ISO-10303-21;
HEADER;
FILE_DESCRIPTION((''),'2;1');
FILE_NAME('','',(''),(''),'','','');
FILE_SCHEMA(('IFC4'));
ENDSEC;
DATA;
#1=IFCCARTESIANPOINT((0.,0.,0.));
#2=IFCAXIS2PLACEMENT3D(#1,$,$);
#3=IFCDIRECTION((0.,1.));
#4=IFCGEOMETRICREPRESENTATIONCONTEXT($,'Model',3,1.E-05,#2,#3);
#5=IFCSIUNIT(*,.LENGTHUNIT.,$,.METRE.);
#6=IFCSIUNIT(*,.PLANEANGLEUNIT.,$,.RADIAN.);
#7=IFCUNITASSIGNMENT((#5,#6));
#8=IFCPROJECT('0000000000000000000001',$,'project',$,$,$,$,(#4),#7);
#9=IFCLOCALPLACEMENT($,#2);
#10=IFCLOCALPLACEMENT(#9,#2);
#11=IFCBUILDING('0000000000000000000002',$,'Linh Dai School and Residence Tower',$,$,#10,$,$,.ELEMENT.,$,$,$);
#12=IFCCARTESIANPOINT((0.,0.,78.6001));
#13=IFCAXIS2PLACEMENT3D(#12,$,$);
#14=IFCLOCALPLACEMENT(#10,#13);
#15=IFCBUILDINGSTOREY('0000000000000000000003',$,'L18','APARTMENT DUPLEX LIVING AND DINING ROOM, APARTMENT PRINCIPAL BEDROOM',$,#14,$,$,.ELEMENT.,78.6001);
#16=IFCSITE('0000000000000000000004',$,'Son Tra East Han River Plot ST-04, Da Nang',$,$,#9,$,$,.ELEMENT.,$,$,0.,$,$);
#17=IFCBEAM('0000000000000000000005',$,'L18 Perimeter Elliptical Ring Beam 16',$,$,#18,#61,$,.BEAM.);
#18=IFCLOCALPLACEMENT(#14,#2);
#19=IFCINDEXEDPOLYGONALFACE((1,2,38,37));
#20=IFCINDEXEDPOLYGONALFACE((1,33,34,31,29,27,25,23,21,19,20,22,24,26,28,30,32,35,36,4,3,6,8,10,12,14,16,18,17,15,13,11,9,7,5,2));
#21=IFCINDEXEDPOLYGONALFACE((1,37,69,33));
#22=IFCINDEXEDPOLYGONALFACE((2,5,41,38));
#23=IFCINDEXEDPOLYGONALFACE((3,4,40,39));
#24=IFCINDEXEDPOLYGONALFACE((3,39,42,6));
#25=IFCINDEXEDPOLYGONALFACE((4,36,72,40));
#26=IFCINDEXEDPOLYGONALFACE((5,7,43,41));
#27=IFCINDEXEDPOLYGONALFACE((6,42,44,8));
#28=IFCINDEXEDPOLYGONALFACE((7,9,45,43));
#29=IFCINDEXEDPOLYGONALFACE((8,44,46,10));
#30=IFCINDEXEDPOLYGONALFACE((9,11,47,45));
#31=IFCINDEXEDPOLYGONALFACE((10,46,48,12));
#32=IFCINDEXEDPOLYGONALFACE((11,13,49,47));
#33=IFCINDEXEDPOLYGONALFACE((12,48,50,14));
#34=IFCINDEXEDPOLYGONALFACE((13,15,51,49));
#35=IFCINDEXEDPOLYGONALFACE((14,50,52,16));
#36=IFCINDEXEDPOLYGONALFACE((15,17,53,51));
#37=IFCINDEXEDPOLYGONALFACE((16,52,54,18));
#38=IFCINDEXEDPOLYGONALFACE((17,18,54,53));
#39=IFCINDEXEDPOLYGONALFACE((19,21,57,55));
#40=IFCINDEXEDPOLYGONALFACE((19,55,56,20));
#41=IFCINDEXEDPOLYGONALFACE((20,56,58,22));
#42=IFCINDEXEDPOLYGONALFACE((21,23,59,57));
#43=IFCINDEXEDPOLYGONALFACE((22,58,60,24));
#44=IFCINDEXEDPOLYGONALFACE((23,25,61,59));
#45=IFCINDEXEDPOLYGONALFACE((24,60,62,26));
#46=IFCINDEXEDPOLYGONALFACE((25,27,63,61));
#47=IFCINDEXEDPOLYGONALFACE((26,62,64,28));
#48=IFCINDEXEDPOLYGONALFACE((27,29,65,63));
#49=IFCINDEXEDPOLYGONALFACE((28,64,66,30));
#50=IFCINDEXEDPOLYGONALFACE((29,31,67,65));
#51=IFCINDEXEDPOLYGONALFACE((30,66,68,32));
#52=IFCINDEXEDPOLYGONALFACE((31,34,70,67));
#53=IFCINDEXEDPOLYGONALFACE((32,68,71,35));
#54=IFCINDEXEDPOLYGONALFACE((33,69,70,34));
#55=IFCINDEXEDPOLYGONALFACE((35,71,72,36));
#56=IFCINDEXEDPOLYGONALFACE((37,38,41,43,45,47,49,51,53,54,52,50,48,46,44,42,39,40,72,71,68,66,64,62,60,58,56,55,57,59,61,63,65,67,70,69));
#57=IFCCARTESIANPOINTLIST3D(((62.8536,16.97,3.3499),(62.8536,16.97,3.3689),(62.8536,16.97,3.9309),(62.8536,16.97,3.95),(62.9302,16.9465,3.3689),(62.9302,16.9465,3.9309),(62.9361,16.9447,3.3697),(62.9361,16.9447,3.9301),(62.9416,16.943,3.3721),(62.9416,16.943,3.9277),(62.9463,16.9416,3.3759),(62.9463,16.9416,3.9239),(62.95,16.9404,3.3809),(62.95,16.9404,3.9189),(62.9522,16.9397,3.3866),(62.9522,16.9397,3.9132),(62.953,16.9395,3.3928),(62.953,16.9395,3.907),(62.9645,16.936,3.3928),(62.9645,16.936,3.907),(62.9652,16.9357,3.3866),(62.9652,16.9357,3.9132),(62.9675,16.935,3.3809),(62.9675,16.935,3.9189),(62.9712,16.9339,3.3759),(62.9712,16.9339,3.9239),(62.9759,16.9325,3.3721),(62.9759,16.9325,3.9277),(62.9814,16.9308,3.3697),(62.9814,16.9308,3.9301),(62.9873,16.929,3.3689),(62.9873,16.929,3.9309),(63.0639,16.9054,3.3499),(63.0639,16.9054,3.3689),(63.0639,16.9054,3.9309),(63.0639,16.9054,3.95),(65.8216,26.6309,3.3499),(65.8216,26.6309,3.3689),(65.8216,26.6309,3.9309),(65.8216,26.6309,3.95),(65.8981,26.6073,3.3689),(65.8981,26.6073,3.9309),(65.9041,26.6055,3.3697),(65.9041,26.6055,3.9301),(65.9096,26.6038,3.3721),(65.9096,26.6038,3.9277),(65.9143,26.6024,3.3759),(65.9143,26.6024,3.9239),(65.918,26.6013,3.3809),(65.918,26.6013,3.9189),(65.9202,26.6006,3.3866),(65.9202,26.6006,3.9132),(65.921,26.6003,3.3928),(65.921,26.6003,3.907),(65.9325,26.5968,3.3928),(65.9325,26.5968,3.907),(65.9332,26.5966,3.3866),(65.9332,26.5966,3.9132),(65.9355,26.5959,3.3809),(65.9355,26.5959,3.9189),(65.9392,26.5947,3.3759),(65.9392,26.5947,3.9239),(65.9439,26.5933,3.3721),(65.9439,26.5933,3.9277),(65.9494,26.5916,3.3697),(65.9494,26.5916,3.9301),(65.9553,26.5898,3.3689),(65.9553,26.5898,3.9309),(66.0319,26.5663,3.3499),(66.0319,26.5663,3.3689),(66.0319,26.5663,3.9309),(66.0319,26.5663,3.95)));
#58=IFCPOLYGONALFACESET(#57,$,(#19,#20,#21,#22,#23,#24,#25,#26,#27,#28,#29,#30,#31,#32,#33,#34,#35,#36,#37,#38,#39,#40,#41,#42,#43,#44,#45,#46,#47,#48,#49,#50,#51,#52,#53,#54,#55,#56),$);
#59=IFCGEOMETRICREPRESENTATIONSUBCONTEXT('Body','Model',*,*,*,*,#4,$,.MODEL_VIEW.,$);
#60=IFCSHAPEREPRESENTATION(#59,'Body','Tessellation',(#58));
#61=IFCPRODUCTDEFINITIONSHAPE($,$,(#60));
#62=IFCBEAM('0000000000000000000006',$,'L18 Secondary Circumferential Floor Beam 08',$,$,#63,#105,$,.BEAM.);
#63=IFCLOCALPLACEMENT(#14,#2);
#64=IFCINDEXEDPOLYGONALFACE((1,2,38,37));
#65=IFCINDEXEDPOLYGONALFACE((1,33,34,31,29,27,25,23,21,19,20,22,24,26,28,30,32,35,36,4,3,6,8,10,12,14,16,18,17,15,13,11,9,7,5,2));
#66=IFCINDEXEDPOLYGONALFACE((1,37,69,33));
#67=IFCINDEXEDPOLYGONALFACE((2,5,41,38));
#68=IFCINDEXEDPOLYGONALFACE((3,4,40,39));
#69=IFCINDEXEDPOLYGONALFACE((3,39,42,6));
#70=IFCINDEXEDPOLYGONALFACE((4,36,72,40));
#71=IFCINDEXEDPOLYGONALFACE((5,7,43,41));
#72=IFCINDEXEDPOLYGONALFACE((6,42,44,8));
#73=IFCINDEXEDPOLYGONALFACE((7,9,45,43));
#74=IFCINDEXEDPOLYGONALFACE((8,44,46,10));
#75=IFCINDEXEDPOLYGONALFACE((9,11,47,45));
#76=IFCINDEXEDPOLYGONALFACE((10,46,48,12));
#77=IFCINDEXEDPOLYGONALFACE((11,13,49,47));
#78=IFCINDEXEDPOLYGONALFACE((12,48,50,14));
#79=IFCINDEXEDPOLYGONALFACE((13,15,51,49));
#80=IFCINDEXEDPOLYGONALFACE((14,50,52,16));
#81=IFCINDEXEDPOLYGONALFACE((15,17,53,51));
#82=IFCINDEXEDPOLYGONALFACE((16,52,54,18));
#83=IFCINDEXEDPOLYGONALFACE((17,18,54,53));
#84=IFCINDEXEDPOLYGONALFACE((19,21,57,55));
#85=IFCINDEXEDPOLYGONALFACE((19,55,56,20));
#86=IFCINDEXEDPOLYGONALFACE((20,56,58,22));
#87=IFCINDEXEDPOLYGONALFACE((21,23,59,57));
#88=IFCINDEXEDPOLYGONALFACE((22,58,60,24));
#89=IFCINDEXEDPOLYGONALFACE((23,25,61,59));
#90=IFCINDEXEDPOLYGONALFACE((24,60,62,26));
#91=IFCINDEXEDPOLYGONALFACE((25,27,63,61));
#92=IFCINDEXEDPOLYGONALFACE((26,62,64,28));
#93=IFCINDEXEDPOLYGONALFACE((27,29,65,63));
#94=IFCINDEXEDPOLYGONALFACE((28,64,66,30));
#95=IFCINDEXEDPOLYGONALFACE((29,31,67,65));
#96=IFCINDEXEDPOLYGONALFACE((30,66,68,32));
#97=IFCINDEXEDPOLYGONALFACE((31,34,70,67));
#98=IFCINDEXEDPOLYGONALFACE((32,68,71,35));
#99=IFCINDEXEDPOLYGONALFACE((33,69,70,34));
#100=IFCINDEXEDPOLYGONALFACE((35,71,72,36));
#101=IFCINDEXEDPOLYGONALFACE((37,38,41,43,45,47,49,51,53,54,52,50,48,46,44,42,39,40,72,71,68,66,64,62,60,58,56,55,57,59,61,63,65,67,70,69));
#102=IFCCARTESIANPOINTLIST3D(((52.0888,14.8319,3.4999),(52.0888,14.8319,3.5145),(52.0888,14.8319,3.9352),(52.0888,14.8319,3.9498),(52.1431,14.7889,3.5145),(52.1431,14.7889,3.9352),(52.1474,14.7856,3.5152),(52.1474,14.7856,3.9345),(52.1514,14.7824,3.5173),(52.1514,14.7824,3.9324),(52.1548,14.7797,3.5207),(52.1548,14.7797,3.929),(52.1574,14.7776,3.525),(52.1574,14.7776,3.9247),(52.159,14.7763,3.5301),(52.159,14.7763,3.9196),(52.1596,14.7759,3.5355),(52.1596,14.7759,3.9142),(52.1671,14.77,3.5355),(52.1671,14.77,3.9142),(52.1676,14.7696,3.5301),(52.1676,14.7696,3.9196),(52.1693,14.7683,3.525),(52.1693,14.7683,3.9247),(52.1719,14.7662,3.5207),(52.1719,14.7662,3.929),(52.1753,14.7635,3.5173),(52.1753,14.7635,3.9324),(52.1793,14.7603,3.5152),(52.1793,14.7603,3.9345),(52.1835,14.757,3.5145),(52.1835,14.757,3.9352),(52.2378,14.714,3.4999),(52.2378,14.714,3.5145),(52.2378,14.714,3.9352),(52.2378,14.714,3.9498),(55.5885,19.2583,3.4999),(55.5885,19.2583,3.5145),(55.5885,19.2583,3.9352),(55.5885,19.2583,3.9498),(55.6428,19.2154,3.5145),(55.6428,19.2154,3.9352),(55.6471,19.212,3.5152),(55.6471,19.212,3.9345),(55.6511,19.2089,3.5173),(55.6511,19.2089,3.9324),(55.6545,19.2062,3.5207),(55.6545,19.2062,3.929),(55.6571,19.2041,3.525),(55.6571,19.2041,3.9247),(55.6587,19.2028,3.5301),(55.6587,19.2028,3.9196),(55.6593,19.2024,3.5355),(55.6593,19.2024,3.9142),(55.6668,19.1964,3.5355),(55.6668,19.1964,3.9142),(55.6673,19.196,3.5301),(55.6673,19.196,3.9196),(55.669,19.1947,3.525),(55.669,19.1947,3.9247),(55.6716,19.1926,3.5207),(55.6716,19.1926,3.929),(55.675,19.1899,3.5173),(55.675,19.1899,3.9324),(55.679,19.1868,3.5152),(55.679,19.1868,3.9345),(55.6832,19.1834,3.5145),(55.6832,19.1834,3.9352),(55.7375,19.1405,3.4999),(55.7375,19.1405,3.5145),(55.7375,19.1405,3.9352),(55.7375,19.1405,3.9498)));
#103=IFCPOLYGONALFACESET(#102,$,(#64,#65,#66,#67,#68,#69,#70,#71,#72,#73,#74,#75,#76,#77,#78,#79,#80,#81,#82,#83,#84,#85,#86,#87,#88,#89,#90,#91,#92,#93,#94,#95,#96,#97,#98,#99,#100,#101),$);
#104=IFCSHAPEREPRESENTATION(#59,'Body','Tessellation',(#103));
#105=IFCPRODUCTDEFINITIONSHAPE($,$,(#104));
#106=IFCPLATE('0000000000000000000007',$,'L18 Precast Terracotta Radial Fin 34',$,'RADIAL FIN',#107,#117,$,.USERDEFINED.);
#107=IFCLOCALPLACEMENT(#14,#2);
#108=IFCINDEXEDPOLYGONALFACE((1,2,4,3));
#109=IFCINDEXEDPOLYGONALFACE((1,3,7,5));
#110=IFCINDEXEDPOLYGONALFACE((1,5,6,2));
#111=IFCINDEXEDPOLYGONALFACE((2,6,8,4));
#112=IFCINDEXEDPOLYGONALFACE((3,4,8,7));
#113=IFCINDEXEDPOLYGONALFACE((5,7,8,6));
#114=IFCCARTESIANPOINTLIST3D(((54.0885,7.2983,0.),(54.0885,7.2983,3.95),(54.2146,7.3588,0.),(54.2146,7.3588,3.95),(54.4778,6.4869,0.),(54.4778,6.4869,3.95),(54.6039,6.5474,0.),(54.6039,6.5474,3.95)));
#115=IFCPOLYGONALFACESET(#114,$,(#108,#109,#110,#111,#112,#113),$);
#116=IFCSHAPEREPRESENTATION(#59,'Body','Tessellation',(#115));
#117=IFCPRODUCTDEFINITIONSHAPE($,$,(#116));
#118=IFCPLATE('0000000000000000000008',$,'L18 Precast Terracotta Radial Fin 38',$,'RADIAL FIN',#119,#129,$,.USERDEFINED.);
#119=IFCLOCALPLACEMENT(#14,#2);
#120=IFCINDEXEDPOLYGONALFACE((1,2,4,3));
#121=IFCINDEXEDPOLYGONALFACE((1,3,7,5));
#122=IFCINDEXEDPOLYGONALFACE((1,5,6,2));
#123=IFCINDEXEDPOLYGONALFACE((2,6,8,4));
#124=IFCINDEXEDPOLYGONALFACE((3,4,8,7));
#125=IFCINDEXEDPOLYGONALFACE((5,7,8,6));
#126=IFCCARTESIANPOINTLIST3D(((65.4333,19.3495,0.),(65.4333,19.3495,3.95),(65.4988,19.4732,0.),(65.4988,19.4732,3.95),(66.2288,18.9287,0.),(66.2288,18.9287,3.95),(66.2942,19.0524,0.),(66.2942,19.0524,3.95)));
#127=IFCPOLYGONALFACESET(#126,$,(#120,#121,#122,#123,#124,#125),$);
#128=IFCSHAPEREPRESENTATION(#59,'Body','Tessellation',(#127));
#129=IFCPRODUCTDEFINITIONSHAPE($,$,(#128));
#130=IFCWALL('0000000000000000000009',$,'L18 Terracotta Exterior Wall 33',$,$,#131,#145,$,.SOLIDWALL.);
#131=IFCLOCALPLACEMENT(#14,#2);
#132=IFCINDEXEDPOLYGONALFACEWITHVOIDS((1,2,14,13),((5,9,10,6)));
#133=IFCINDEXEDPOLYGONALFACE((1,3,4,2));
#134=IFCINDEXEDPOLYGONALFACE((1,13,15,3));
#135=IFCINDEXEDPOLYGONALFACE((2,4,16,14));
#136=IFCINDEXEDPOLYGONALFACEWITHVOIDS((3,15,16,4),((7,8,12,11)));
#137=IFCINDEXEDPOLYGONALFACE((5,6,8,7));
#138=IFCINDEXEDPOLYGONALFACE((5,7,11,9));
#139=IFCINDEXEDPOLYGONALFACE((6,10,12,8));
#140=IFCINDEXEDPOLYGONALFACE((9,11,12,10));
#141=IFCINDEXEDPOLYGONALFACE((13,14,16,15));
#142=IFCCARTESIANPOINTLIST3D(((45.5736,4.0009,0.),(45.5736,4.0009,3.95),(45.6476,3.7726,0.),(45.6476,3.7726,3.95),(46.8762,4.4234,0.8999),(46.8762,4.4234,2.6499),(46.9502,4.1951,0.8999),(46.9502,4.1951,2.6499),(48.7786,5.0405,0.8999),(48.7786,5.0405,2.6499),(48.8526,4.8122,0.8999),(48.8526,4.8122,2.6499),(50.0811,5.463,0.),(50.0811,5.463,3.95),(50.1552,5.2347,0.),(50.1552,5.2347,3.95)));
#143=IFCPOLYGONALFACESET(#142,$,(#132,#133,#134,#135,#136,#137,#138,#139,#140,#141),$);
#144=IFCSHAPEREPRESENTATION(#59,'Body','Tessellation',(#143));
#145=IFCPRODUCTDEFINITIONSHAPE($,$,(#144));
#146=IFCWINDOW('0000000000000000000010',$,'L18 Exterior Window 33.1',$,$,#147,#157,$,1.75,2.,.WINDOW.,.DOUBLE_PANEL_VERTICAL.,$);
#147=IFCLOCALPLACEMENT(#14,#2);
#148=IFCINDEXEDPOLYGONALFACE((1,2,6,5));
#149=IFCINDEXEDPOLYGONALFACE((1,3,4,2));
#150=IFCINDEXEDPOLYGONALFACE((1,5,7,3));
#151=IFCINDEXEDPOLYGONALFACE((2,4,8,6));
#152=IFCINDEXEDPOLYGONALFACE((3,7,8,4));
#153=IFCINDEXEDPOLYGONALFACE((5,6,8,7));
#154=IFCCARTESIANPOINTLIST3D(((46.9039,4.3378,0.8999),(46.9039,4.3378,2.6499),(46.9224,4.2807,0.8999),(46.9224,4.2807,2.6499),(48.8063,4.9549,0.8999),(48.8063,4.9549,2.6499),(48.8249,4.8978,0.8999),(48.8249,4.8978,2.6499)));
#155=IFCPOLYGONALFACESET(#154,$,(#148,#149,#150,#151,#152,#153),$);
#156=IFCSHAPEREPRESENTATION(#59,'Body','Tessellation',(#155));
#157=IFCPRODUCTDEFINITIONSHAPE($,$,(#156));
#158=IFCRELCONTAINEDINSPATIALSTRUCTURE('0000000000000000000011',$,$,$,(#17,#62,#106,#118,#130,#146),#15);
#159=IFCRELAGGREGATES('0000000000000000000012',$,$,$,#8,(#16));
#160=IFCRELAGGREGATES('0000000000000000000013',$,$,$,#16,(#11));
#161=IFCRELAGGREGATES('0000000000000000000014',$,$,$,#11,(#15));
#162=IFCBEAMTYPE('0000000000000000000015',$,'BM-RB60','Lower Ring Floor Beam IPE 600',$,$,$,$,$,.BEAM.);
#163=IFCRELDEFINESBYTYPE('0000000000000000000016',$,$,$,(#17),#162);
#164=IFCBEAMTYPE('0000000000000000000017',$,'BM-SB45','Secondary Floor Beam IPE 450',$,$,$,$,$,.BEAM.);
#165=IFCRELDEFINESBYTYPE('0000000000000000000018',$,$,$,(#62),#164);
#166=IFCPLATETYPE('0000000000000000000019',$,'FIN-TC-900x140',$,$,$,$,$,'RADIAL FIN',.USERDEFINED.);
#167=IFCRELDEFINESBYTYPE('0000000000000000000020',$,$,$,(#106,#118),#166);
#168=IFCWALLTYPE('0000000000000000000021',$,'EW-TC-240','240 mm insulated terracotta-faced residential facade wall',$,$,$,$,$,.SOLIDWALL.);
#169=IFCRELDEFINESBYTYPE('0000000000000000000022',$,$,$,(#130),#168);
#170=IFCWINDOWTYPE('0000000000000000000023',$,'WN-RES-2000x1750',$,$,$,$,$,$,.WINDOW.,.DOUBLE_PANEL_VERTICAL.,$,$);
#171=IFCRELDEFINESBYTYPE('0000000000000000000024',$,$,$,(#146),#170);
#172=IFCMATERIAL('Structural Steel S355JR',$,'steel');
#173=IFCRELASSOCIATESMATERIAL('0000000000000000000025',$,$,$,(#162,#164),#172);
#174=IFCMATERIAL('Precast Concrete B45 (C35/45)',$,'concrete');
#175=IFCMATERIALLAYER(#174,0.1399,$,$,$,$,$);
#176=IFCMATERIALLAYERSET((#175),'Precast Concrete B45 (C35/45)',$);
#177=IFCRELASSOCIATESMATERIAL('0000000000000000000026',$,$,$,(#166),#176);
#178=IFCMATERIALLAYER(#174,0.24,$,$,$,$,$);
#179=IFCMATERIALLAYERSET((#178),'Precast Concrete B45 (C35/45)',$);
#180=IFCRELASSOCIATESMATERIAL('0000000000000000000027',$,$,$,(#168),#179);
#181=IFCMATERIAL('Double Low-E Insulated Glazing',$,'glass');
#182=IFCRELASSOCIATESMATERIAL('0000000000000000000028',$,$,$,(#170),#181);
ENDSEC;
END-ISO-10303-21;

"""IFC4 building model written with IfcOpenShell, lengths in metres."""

from ifc_helpers import new_model, si_unit, direction, frame, frame_2d, origin, origin_2d, place, context, subcontext, project, spatial, rectangle, i_section, extrude, source, transform, mapped, material, layer, layer_set, material_profile, profile_set, type_object, element, fill, save


model = new_model("IFC4")

# Units and contexts
model_context = context("Model", 3, precision=1e-05, world=origin(), true_north=direction((0.0, 1.0)))
body_context = subcontext(model_context, "Body", "Model", "MODEL_VIEW")
ifc_project = project(units=[si_unit("LENGTHUNIT", "METRE"), si_unit("PLANEANGLEUNIT", "RADIAN")], contexts=[model_context])

# Site, building, storey
site_placement = place(None, origin())
site = spatial("IfcSite", under=ifc_project, at=site_placement, Name="Son Tra East Han River Plot ST-04, Da Nang", CompositionType="ELEMENT", RefElevation=0.0)
building_placement = place(site_placement, origin())
building = spatial("IfcBuilding", under=site, at=building_placement, Name="Linh Dai School and Residence Tower", CompositionType="ELEMENT")
storey_placement = place(building_placement, frame((0.0, 0.0, 78.6001)))
storey = spatial("IfcBuildingStorey", under=building, at=storey_placement, Name="L18", Description="APARTMENT DUPLEX LIVING AND DINING ROOM, APARTMENT PRINCIPAL BEDROOM", CompositionType="ELEMENT", Elevation=78.6001)

# Shared definitions
ifc_material_1 = material(Name="Structural Steel S355JR", Category="steel")

# Beams
ifc_material_profile_1 = material_profile(ifc_material_1, i_section(OverallWidth=0.22, OverallDepth=0.6001, WebThickness=0.012, FlangeThickness=0.019, FilletRadius=0.0239, at=origin_2d()), Name="IPE 600")
ifc_profile_set_1 = profile_set([ifc_material_profile_1], Name="Structural Steel S355JR")
beam_type_1 = type_object("IfcBeamType", Name="BM-RB60", Description="Lower Ring Floor Beam IPE 600", PredefinedType="BEAM", material=ifc_profile_set_1)
beam_1_placement = place(storey_placement, frame((62.9587, 16.9377, 3.6499), z_axis=(0.293673, 0.955906, 0.0), x_axis=(-0.955906, 0.293673, 0.0)))
element("IfcBeam", 1, at=beam_1_placement, inside=storey, type_object=beam_type_1, Name="L18 Perimeter Elliptical Ring Beam 16", PredefinedType="BEAM", context=body_context, shape_type="SweptSolid", body=[
    extrude(i_section(OverallWidth=0.22, OverallDepth=0.6001, WebThickness=0.012, FlangeThickness=0.019, FilletRadius=0.0239, at=origin_2d()), origin(), (0.0, 0.0, 1.0), 10.1064),
])
ifc_material_profile_2 = material_profile(ifc_material_1, i_section(OverallWidth=0.1899, OverallDepth=0.45, WebThickness=0.0095, FlangeThickness=0.0146, FilletRadius=0.021, at=origin_2d()), Name="IPE 450")
ifc_profile_set_2 = profile_set([ifc_material_profile_2], Name="Structural Steel S355JR")
beam_type_2 = type_object("IfcBeamType", Name="BM-SB45", Description="Secondary Floor Beam IPE 450", PredefinedType="BEAM", material=ifc_profile_set_2)
beam_2_placement = place(storey_placement, frame((52.1633, 14.7729, 3.7249), z_axis=(0.620205, 0.78444, 0.0), x_axis=(-0.78444, 0.620205, 0.0)))
element("IfcBeam", 2, at=beam_2_placement, inside=storey, type_object=beam_type_2, Name="L18 Secondary Circumferential Floor Beam 08", PredefinedType="BEAM", context=body_context, shape_type="SweptSolid", body=[
    extrude(i_section(OverallWidth=0.1899, OverallDepth=0.45, WebThickness=0.0095, FlangeThickness=0.0146, FilletRadius=0.021, at=origin_2d()), origin(), (0.0, 0.0, 1.0), 5.6428),
])

# Plates
ifc_material_2 = material(Name="Precast Concrete B45 (C35/45)", Category="concrete")
ifc_layer_1 = layer(ifc_material_2, 0.1399)
ifc_layer_set_1 = layer_set([ifc_layer_1], Name="Precast Concrete B45 (C35/45)")
plate_type = type_object("IfcPlateType", Name="FIN-TC-900x140", ElementType="RADIAL FIN", PredefinedType="USERDEFINED", material=ifc_layer_set_1)
shared_shape_1 = source(origin(), body_context, "Body", "SweptSolid", [
    extrude(rectangle(XDim=0.8999, YDim=0.1399, at=origin_2d()), origin(), (0.0, 0.0, 1.0), 3.95),
])
for number, where, z_axis, x_axis, name in (
    (3, (54.3462, 6.9229, 0.0), (0.0, 0.0, 1.0), (0.432603, -0.901585, 0.0), "L18 Precast Terracotta Radial Fin 34"),
    (4, (65.8638, 19.2009, 0.0), (0.0, 0.0, 1.0), (0.883934, -0.467612, 0.0), "L18 Precast Terracotta Radial Fin 38"),
):
    element("IfcPlate", number, at=place(storey_placement, frame(where, z_axis=z_axis, x_axis=x_axis)), inside=storey, type_object=plate_type, Name=name, ObjectType="RADIAL FIN", PredefinedType="USERDEFINED", context=body_context, shape_type="MappedRepresentation", body=[
        mapped(shared_shape_1, transform((0.0, 0.0, 0.0), x_axis=(1.0, 0.0, 0.0), y_axis=(0.0, 1.0, 0.0), z_axis=(0.0, 0.0, 1.0), scale=1.0)),
    ])

# Wall, opening, window
ifc_layer_2 = layer(ifc_material_2, 0.24)
ifc_layer_set_2 = layer_set([ifc_layer_2], Name="Precast Concrete B45 (C35/45)")
wall_type_1 = type_object("IfcWallType", Name="EW-TC-240", Description="240 mm insulated terracotta-faced residential facade wall", PredefinedType="SOLIDWALL", material=ifc_layer_set_2)
wall_1_placement = place(storey_placement, frame((50.1182, 5.3489, 0.0), z_axis=(0.0, 0.0, 1.0), x_axis=(-0.951208, -0.308551, 0.0)))
wall_1 = element("IfcWall", 5, at=wall_1_placement, inside=storey, type_object=wall_type_1, Name="L18 Terracotta Exterior Wall 33", PredefinedType="SOLIDWALL", context=body_context, shape_type="SweptSolid", body=[
    extrude(rectangle(XDim=4.7388, YDim=0.24, at=frame_2d((2.3694, 0.0))), origin(), (0.0, 0.0, 1.0), 3.95),
])
opening_1_placement = place(wall_1_placement, frame((1.3694, 0.0, 0.8999)))
opening_1 = element("IfcOpeningElement", 6, at=opening_1_placement, cuts=wall_1, PredefinedType="OPENING", context=body_context, shape_type="SweptSolid", body=[
    extrude(rectangle(XDim=2.0, YDim=1.75, at=origin_2d()), frame((1.0, 0.1299, 0.875), z_axis=(0.0, -1.0, 0.0), x_axis=(1.0, 0.0, 0.0)), (0.0, 0.0, 1.0), 0.26),
])
ifc_material_3 = material(Name="Double Low-E Insulated Glazing", Category="glass")
window_type = type_object("IfcWindowType", Name="WN-RES-2000x1750", PartitioningType="DOUBLE_PANEL_VERTICAL", PredefinedType="WINDOW", material=ifc_material_3)
shared_shape_2 = source(origin(), body_context, "Body", "SweptSolid", [
    extrude(rectangle(XDim=2.0, YDim=1.75, at=origin_2d()), frame((1.0, 0.03, 0.875), z_axis=(0.0, -1.0, 0.0), x_axis=(1.0, 0.0, 0.0)), (0.0, 0.0, 1.0), 0.0601),
])
window_1_placement = place(opening_1_placement, origin())
window_1 = element("IfcWindow", 7, at=window_1_placement, inside=storey, type_object=window_type, Name="L18 Exterior Window 33.1", OverallHeight=1.75, OverallWidth=2.0, PartitioningType="DOUBLE_PANEL_VERTICAL", PredefinedType="WINDOW", context=body_context, shape_type="MappedRepresentation", body=[
    mapped(shared_shape_2, transform((0.0, 0.0, 0.0), x_axis=(1.0, 0.0, 0.0), y_axis=(0.0, 1.0, 0.0), z_axis=(0.0, 0.0, 1.0), scale=1.0)),
])
fill(opening_1, window_1)

save(model, "model.ifc")
